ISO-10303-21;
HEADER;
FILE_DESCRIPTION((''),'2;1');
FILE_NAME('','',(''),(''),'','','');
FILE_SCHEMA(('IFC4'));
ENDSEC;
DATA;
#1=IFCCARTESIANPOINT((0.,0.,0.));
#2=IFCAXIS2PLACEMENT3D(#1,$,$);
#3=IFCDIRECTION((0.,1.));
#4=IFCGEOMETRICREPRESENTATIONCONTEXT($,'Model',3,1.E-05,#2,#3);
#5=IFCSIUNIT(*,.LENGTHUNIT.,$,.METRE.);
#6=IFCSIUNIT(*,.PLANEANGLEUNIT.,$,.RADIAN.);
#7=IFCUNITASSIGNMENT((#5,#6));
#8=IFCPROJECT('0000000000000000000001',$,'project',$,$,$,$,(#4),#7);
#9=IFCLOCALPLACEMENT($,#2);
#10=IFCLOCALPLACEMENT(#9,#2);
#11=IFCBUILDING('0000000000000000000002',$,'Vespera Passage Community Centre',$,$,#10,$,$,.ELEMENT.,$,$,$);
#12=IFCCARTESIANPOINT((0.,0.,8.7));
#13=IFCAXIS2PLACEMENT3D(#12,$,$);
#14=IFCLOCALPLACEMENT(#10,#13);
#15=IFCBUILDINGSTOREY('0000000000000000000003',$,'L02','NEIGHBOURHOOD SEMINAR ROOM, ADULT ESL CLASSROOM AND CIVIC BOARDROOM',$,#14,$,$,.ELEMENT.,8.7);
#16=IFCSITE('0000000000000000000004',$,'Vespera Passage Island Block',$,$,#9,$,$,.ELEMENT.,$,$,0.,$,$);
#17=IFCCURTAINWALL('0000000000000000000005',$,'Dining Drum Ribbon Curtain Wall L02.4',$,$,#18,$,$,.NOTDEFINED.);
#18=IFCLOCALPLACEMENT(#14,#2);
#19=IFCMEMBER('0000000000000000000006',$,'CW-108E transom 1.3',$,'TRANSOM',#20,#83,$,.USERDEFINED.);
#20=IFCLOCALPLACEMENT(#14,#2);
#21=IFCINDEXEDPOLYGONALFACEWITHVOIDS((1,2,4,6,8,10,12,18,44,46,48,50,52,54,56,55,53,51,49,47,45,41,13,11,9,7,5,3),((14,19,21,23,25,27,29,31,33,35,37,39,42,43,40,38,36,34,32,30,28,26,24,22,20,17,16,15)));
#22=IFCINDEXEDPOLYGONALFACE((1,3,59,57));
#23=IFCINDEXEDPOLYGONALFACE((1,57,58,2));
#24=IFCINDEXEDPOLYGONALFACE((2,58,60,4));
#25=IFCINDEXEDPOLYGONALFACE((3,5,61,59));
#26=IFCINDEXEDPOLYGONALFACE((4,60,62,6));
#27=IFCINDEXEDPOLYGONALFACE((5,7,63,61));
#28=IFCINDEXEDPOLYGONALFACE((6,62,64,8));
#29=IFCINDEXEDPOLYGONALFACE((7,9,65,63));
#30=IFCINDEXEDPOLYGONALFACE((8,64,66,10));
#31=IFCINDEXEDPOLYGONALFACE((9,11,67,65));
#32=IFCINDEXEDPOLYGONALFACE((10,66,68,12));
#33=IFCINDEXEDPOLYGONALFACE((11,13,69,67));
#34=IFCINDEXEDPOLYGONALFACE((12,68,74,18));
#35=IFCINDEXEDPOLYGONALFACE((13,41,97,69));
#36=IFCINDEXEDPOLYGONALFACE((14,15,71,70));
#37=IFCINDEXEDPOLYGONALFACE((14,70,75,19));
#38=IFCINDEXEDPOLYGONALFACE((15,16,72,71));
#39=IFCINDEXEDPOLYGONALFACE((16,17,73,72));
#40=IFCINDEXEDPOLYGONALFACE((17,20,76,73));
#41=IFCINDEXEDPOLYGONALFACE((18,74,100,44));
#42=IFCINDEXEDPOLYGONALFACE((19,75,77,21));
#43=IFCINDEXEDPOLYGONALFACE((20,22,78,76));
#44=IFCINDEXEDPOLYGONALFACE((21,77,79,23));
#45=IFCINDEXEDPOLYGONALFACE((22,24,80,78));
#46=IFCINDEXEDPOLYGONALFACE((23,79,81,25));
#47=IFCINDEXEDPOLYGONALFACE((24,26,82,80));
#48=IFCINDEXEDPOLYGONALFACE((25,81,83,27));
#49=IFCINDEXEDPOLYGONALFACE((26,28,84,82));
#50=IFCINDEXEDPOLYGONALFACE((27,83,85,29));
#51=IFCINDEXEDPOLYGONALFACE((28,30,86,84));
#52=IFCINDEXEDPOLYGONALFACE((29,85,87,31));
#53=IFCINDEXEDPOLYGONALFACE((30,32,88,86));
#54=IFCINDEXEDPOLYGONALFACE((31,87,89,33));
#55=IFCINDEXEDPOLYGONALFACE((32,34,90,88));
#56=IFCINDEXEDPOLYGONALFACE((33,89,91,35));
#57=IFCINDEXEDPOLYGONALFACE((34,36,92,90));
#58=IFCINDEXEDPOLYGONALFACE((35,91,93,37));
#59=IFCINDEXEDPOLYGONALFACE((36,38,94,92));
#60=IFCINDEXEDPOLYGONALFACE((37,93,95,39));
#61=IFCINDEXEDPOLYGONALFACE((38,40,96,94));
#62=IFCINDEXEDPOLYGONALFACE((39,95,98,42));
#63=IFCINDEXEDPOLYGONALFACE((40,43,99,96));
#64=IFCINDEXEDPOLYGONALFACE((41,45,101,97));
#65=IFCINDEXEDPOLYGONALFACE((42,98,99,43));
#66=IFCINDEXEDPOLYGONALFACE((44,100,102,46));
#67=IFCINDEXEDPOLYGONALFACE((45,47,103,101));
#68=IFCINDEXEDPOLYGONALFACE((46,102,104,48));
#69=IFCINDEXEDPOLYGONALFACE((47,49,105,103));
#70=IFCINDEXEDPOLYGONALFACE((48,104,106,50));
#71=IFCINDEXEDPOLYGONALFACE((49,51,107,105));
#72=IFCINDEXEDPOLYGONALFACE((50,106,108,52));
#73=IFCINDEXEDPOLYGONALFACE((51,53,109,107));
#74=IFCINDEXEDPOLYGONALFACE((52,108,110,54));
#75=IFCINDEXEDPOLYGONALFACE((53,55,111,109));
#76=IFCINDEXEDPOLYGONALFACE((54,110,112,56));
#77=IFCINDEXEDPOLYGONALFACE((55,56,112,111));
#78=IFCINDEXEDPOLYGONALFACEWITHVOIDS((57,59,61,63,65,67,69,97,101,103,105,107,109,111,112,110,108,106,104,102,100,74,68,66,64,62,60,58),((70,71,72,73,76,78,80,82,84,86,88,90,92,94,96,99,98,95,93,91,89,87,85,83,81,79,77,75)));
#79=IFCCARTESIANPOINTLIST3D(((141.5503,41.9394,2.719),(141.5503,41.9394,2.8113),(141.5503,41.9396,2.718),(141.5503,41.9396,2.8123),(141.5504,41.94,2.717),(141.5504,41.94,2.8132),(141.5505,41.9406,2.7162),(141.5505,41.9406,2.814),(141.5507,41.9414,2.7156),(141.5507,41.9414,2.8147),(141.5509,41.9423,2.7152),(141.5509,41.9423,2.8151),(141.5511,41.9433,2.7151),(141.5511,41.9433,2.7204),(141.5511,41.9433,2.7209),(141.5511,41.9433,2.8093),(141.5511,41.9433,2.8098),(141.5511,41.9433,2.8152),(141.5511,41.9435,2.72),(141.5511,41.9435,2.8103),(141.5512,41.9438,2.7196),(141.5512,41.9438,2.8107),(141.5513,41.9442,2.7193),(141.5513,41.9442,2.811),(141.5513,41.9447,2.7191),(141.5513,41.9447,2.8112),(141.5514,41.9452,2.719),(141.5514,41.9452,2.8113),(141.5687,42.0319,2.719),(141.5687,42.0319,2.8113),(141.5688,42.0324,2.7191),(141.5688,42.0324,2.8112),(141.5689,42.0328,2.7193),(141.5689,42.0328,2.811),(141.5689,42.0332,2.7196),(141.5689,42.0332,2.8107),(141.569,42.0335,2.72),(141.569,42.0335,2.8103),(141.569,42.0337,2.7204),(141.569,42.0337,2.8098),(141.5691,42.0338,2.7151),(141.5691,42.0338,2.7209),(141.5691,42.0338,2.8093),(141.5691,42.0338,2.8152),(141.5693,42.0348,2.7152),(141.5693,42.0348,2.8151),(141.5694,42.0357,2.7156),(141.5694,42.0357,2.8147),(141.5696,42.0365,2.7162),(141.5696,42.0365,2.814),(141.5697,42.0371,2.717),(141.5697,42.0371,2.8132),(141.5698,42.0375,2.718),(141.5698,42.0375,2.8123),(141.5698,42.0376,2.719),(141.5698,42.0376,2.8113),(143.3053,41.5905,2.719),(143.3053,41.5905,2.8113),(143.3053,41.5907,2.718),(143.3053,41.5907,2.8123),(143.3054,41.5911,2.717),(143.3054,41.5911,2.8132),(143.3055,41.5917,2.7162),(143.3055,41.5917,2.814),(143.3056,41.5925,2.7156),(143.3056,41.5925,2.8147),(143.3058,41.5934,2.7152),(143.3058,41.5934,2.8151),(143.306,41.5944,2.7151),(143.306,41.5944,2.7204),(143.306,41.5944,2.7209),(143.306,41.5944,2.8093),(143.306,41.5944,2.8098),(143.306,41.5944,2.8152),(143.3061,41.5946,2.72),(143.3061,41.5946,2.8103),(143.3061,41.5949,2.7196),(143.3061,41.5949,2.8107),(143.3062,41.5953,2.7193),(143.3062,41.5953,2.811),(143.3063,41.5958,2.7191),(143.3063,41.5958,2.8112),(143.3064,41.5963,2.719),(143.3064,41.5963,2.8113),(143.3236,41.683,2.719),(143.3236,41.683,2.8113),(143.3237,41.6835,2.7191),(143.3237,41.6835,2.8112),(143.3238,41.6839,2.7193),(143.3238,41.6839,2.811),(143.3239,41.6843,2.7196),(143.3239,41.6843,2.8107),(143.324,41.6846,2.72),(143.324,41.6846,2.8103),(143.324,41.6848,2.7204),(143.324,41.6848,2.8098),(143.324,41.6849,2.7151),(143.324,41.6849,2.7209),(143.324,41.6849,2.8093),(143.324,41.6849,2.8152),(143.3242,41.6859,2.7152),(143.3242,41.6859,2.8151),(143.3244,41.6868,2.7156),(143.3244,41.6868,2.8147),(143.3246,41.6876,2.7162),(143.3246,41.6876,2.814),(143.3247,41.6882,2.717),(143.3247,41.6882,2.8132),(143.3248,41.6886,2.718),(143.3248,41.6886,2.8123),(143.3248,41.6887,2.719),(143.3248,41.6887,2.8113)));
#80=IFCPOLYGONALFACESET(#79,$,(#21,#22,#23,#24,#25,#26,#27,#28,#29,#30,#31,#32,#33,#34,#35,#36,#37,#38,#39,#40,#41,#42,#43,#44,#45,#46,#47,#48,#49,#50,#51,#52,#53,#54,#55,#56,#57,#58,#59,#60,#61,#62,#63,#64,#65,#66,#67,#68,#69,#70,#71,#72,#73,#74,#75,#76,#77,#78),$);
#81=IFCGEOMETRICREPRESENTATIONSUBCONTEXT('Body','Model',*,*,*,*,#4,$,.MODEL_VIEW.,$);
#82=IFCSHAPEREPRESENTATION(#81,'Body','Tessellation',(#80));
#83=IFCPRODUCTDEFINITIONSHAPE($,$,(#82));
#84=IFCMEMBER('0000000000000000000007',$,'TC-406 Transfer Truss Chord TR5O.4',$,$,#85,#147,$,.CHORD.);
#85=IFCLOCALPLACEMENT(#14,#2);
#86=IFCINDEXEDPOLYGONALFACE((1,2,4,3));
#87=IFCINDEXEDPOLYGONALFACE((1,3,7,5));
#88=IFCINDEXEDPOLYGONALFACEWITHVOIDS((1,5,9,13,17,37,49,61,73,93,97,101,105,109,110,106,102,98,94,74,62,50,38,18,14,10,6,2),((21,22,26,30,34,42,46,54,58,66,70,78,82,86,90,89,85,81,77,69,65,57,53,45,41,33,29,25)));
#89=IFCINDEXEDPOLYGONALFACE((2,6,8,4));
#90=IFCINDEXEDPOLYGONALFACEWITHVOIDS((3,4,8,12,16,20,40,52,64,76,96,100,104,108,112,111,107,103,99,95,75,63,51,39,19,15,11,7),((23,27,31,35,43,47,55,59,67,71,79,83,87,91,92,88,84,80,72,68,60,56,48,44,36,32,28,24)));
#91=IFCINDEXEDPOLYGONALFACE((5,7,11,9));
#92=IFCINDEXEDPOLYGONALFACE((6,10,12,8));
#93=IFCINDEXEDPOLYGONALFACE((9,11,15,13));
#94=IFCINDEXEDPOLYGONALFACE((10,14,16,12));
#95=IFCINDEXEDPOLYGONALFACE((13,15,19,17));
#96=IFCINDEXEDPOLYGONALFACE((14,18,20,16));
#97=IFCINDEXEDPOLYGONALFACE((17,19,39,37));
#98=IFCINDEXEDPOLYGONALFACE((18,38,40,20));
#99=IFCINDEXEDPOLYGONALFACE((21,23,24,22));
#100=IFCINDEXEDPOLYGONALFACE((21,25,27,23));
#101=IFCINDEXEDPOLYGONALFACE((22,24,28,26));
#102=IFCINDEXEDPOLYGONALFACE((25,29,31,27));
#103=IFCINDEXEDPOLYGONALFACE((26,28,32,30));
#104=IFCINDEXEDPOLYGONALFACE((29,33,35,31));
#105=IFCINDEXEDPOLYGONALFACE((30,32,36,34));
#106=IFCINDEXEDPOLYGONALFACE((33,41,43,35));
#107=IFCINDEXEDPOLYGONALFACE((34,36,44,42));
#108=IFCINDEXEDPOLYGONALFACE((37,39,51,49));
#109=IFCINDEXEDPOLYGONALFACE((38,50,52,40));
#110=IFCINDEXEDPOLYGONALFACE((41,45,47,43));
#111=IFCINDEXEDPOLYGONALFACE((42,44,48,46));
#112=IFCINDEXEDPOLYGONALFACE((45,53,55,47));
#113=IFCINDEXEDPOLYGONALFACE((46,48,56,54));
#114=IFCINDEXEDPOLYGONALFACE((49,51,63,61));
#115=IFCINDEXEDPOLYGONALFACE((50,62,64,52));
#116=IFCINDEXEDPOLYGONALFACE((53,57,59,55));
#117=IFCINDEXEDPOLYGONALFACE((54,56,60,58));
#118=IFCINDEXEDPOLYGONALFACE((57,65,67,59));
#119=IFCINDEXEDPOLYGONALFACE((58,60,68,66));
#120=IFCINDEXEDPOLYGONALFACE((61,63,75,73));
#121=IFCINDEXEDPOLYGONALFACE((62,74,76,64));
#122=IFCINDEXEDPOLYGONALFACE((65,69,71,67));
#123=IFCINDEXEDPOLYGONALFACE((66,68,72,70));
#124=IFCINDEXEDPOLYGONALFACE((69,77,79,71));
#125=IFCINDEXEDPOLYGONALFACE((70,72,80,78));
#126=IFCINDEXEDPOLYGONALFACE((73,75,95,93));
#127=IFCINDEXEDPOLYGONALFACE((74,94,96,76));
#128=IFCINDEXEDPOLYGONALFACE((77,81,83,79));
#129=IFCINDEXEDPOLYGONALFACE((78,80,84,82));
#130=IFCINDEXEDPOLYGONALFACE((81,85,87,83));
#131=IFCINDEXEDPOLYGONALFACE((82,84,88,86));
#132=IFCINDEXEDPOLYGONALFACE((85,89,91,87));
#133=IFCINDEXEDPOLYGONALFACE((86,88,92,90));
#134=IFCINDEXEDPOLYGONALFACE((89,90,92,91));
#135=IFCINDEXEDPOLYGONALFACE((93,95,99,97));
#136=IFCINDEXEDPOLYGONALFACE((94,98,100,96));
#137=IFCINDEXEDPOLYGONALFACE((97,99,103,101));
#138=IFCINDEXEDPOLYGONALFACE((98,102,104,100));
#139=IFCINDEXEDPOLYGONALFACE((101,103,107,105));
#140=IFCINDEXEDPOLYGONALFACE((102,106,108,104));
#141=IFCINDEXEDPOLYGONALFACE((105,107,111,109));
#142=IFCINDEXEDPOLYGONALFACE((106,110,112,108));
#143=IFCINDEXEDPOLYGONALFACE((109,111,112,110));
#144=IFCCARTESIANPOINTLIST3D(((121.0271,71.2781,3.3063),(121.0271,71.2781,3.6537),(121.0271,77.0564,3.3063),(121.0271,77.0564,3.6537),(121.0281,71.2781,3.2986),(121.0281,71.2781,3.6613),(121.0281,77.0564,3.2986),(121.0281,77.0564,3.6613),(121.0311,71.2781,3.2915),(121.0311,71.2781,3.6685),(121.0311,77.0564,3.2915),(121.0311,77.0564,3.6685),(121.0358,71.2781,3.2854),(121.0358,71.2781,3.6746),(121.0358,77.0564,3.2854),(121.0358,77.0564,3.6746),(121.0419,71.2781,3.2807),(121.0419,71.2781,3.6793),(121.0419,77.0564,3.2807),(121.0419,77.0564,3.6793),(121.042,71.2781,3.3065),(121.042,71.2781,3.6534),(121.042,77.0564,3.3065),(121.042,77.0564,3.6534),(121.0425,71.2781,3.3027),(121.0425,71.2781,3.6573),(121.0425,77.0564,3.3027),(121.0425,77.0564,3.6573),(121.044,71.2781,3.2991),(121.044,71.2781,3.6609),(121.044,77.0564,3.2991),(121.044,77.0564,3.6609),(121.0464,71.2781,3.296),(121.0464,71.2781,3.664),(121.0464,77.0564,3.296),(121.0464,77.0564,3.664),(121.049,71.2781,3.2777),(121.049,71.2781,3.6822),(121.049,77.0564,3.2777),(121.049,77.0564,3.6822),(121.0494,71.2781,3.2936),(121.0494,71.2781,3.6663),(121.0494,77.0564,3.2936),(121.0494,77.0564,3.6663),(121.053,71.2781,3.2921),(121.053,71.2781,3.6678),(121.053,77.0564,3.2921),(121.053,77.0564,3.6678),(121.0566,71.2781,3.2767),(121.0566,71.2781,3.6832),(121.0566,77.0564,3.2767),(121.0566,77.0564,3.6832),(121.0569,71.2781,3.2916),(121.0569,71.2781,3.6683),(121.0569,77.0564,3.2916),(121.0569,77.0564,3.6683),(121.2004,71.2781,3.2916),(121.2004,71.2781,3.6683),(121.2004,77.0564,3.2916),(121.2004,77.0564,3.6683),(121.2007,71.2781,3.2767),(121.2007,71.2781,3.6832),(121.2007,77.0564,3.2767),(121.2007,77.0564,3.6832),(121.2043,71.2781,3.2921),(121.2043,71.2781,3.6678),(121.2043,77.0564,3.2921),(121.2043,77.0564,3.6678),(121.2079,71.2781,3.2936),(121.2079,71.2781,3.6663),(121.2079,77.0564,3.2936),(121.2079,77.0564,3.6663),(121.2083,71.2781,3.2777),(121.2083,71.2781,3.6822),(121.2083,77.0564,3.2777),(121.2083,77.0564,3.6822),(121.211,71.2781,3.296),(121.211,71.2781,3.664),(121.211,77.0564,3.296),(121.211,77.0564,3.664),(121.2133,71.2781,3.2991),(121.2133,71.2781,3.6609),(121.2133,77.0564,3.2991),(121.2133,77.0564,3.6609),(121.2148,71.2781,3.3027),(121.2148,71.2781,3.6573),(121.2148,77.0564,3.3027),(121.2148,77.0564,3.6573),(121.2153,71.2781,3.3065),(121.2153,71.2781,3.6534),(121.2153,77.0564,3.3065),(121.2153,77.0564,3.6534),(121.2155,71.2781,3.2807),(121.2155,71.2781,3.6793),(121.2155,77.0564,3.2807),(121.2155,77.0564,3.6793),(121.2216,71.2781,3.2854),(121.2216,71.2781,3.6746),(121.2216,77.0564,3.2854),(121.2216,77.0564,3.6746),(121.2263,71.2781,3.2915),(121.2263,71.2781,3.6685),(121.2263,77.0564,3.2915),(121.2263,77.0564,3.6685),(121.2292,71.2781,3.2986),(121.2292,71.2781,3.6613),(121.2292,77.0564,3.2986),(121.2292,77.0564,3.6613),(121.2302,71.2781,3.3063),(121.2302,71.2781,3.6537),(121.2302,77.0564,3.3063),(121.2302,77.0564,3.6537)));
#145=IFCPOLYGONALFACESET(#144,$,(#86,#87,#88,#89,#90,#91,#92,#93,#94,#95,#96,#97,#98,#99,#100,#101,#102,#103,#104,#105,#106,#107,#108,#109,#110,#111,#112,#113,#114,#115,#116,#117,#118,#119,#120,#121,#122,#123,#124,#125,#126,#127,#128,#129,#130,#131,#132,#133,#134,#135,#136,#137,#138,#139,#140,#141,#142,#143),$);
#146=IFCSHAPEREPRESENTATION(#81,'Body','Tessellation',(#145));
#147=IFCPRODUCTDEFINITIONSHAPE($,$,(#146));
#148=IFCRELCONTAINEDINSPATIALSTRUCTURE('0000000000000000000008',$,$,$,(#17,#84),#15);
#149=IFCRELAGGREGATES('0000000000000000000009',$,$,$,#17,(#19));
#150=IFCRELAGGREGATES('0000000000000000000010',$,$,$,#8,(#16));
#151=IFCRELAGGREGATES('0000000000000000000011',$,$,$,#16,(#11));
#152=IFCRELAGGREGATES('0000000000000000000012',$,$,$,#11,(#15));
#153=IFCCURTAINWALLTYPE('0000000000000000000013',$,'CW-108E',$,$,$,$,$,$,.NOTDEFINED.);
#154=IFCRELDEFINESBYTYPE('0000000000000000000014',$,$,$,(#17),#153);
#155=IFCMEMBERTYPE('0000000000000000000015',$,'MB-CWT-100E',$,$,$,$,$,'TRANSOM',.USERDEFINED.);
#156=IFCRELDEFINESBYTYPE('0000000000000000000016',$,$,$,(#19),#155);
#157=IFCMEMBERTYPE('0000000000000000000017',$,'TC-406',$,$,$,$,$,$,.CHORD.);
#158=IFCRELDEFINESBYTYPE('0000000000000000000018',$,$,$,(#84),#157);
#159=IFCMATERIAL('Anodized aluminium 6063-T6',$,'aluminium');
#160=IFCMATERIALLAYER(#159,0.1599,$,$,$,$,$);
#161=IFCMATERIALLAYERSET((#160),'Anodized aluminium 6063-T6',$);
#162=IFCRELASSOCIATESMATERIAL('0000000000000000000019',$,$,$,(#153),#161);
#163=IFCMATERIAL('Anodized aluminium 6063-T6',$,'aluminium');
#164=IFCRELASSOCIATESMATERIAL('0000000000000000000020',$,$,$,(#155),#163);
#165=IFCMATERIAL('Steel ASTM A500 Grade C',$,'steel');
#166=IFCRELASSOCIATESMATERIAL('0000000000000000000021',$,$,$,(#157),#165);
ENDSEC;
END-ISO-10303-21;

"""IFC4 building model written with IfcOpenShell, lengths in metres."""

from ifc_helpers import new_model, si_unit, direction, frame, origin, origin_2d, place, context, subcontext, project, spatial, hollow_rectangle, extrude, material, layer, layer_set, material_profile, profile_set, type_object, element, aggregate, save


model = new_model("IFC4")

# Units and contexts
model_context = context("Model", 3, precision=1e-05, world=origin(), true_north=direction((0.0, 1.0)))
body_context = subcontext(model_context, "Body", "Model", "MODEL_VIEW")
ifc_project = project(units=[si_unit("LENGTHUNIT", "METRE"), si_unit("PLANEANGLEUNIT", "RADIAN")], contexts=[model_context])

# Site, building, storey
site_placement = place(None, origin())
site = spatial("IfcSite", under=ifc_project, at=site_placement, Name="Vespera Passage Island Block", CompositionType="ELEMENT", RefElevation=0.0)
building_placement = place(site_placement, origin())
building = spatial("IfcBuilding", under=site, at=building_placement, Name="Vespera Passage Community Centre", CompositionType="ELEMENT")
storey_placement = place(building_placement, frame((0.0, 0.0, 8.7)))
storey = spatial("IfcBuildingStorey", under=building, at=storey_placement, Name="L02", Description="NEIGHBOURHOOD SEMINAR ROOM, ADULT ESL CLASSROOM AND CIVIC BOARDROOM", CompositionType="ELEMENT", Elevation=8.7)

# Curtain wall
ifc_material_1 = material(Name="Anodized aluminium 6063-T6", Category="aluminium")
ifc_layer_1 = layer(ifc_material_1, 0.1599)
ifc_layer_set_1 = layer_set([ifc_layer_1], Name="Anodized aluminium 6063-T6")
curtain_wall_type = type_object("IfcCurtainWallType", Name="CW-108E", PredefinedType="NOTDEFINED", material=ifc_layer_set_1)
curtain_wall_1_placement = place(storey_placement, origin())
curtain_wall_1 = element("IfcCurtainWall", 1, at=curtain_wall_1_placement, inside=storey, type_object=curtain_wall_type, Name="Dining Drum Ribbon Curtain Wall L02.4", PredefinedType="NOTDEFINED")

# Member
ifc_material_2 = material(Name="Anodized aluminium 6063-T6", Category="aluminium")
ifc_material_profile_1 = material_profile(ifc_material_2, hollow_rectangle(XDim=0.1001, YDim=0.1001, WallThickness=0.0039, InnerFilletRadius=0.002, OuterFilletRadius=0.0039, at=origin_2d()), Name="ALU100X100X4")
ifc_profile_set_1 = profile_set([ifc_material_profile_1], Name="Anodized aluminium 6063-T6")
member_type_1 = type_object("IfcMemberType", Name="MB-CWT-100E", ElementType="TRANSOM", PredefinedType="USERDEFINED", material=ifc_profile_set_1)
member_1_placement = place(storey_placement, frame((141.5601, 41.9885, 2.7651), z_axis=(0.980806, -0.194988, 0.0), x_axis=(0.194988, 0.980806, 0.0)))
member_1 = element("IfcMember", 2, at=member_1_placement, type_object=member_type_1, Name="CW-108E transom 1.3", ObjectType="TRANSOM", PredefinedType="USERDEFINED", context=body_context, shape_type="SweptSolid", body=[
    extrude(hollow_rectangle(XDim=0.1001, YDim=0.1001, WallThickness=0.0039, InnerFilletRadius=0.002, OuterFilletRadius=0.0039, at=origin_2d()), origin(), (0.0, 0.0, 1.0), 1.7893),
])
aggregate(curtain_wall_1, [member_1])

# Member
ifc_material_3 = material(Name="Steel ASTM A500 Grade C", Category="steel")
ifc_material_profile_2 = material_profile(ifc_material_3, hollow_rectangle(XDim=0.2031, YDim=0.4065, WallThickness=0.0149, InnerFilletRadius=0.0149, OuterFilletRadius=0.0295, at=origin_2d()), Name="HSS406X203X15.9")
ifc_profile_set_2 = profile_set([ifc_material_profile_2], Name="Steel ASTM A500 Grade C")
member_type_2 = type_object("IfcMemberType", Name="TC-406", PredefinedType="CHORD", material=ifc_profile_set_2)
member_2_placement = place(storey_placement, frame((121.1287, 71.2781, 3.48), z_axis=(0.0, 1.0, 0.0), x_axis=(-1.0, 0.0, 0.0)))
element("IfcMember", 3, at=member_2_placement, inside=storey, type_object=member_type_2, Name="TC-406 Transfer Truss Chord TR5O.4", PredefinedType="CHORD", context=body_context, shape_type="SweptSolid", body=[
    extrude(hollow_rectangle(XDim=0.2031, YDim=0.4065, WallThickness=0.0149, InnerFilletRadius=0.0149, OuterFilletRadius=0.0295, at=origin_2d()), origin(), (0.0, 0.0, 1.0), 5.7783),
])

save(model, "model.ifc")
